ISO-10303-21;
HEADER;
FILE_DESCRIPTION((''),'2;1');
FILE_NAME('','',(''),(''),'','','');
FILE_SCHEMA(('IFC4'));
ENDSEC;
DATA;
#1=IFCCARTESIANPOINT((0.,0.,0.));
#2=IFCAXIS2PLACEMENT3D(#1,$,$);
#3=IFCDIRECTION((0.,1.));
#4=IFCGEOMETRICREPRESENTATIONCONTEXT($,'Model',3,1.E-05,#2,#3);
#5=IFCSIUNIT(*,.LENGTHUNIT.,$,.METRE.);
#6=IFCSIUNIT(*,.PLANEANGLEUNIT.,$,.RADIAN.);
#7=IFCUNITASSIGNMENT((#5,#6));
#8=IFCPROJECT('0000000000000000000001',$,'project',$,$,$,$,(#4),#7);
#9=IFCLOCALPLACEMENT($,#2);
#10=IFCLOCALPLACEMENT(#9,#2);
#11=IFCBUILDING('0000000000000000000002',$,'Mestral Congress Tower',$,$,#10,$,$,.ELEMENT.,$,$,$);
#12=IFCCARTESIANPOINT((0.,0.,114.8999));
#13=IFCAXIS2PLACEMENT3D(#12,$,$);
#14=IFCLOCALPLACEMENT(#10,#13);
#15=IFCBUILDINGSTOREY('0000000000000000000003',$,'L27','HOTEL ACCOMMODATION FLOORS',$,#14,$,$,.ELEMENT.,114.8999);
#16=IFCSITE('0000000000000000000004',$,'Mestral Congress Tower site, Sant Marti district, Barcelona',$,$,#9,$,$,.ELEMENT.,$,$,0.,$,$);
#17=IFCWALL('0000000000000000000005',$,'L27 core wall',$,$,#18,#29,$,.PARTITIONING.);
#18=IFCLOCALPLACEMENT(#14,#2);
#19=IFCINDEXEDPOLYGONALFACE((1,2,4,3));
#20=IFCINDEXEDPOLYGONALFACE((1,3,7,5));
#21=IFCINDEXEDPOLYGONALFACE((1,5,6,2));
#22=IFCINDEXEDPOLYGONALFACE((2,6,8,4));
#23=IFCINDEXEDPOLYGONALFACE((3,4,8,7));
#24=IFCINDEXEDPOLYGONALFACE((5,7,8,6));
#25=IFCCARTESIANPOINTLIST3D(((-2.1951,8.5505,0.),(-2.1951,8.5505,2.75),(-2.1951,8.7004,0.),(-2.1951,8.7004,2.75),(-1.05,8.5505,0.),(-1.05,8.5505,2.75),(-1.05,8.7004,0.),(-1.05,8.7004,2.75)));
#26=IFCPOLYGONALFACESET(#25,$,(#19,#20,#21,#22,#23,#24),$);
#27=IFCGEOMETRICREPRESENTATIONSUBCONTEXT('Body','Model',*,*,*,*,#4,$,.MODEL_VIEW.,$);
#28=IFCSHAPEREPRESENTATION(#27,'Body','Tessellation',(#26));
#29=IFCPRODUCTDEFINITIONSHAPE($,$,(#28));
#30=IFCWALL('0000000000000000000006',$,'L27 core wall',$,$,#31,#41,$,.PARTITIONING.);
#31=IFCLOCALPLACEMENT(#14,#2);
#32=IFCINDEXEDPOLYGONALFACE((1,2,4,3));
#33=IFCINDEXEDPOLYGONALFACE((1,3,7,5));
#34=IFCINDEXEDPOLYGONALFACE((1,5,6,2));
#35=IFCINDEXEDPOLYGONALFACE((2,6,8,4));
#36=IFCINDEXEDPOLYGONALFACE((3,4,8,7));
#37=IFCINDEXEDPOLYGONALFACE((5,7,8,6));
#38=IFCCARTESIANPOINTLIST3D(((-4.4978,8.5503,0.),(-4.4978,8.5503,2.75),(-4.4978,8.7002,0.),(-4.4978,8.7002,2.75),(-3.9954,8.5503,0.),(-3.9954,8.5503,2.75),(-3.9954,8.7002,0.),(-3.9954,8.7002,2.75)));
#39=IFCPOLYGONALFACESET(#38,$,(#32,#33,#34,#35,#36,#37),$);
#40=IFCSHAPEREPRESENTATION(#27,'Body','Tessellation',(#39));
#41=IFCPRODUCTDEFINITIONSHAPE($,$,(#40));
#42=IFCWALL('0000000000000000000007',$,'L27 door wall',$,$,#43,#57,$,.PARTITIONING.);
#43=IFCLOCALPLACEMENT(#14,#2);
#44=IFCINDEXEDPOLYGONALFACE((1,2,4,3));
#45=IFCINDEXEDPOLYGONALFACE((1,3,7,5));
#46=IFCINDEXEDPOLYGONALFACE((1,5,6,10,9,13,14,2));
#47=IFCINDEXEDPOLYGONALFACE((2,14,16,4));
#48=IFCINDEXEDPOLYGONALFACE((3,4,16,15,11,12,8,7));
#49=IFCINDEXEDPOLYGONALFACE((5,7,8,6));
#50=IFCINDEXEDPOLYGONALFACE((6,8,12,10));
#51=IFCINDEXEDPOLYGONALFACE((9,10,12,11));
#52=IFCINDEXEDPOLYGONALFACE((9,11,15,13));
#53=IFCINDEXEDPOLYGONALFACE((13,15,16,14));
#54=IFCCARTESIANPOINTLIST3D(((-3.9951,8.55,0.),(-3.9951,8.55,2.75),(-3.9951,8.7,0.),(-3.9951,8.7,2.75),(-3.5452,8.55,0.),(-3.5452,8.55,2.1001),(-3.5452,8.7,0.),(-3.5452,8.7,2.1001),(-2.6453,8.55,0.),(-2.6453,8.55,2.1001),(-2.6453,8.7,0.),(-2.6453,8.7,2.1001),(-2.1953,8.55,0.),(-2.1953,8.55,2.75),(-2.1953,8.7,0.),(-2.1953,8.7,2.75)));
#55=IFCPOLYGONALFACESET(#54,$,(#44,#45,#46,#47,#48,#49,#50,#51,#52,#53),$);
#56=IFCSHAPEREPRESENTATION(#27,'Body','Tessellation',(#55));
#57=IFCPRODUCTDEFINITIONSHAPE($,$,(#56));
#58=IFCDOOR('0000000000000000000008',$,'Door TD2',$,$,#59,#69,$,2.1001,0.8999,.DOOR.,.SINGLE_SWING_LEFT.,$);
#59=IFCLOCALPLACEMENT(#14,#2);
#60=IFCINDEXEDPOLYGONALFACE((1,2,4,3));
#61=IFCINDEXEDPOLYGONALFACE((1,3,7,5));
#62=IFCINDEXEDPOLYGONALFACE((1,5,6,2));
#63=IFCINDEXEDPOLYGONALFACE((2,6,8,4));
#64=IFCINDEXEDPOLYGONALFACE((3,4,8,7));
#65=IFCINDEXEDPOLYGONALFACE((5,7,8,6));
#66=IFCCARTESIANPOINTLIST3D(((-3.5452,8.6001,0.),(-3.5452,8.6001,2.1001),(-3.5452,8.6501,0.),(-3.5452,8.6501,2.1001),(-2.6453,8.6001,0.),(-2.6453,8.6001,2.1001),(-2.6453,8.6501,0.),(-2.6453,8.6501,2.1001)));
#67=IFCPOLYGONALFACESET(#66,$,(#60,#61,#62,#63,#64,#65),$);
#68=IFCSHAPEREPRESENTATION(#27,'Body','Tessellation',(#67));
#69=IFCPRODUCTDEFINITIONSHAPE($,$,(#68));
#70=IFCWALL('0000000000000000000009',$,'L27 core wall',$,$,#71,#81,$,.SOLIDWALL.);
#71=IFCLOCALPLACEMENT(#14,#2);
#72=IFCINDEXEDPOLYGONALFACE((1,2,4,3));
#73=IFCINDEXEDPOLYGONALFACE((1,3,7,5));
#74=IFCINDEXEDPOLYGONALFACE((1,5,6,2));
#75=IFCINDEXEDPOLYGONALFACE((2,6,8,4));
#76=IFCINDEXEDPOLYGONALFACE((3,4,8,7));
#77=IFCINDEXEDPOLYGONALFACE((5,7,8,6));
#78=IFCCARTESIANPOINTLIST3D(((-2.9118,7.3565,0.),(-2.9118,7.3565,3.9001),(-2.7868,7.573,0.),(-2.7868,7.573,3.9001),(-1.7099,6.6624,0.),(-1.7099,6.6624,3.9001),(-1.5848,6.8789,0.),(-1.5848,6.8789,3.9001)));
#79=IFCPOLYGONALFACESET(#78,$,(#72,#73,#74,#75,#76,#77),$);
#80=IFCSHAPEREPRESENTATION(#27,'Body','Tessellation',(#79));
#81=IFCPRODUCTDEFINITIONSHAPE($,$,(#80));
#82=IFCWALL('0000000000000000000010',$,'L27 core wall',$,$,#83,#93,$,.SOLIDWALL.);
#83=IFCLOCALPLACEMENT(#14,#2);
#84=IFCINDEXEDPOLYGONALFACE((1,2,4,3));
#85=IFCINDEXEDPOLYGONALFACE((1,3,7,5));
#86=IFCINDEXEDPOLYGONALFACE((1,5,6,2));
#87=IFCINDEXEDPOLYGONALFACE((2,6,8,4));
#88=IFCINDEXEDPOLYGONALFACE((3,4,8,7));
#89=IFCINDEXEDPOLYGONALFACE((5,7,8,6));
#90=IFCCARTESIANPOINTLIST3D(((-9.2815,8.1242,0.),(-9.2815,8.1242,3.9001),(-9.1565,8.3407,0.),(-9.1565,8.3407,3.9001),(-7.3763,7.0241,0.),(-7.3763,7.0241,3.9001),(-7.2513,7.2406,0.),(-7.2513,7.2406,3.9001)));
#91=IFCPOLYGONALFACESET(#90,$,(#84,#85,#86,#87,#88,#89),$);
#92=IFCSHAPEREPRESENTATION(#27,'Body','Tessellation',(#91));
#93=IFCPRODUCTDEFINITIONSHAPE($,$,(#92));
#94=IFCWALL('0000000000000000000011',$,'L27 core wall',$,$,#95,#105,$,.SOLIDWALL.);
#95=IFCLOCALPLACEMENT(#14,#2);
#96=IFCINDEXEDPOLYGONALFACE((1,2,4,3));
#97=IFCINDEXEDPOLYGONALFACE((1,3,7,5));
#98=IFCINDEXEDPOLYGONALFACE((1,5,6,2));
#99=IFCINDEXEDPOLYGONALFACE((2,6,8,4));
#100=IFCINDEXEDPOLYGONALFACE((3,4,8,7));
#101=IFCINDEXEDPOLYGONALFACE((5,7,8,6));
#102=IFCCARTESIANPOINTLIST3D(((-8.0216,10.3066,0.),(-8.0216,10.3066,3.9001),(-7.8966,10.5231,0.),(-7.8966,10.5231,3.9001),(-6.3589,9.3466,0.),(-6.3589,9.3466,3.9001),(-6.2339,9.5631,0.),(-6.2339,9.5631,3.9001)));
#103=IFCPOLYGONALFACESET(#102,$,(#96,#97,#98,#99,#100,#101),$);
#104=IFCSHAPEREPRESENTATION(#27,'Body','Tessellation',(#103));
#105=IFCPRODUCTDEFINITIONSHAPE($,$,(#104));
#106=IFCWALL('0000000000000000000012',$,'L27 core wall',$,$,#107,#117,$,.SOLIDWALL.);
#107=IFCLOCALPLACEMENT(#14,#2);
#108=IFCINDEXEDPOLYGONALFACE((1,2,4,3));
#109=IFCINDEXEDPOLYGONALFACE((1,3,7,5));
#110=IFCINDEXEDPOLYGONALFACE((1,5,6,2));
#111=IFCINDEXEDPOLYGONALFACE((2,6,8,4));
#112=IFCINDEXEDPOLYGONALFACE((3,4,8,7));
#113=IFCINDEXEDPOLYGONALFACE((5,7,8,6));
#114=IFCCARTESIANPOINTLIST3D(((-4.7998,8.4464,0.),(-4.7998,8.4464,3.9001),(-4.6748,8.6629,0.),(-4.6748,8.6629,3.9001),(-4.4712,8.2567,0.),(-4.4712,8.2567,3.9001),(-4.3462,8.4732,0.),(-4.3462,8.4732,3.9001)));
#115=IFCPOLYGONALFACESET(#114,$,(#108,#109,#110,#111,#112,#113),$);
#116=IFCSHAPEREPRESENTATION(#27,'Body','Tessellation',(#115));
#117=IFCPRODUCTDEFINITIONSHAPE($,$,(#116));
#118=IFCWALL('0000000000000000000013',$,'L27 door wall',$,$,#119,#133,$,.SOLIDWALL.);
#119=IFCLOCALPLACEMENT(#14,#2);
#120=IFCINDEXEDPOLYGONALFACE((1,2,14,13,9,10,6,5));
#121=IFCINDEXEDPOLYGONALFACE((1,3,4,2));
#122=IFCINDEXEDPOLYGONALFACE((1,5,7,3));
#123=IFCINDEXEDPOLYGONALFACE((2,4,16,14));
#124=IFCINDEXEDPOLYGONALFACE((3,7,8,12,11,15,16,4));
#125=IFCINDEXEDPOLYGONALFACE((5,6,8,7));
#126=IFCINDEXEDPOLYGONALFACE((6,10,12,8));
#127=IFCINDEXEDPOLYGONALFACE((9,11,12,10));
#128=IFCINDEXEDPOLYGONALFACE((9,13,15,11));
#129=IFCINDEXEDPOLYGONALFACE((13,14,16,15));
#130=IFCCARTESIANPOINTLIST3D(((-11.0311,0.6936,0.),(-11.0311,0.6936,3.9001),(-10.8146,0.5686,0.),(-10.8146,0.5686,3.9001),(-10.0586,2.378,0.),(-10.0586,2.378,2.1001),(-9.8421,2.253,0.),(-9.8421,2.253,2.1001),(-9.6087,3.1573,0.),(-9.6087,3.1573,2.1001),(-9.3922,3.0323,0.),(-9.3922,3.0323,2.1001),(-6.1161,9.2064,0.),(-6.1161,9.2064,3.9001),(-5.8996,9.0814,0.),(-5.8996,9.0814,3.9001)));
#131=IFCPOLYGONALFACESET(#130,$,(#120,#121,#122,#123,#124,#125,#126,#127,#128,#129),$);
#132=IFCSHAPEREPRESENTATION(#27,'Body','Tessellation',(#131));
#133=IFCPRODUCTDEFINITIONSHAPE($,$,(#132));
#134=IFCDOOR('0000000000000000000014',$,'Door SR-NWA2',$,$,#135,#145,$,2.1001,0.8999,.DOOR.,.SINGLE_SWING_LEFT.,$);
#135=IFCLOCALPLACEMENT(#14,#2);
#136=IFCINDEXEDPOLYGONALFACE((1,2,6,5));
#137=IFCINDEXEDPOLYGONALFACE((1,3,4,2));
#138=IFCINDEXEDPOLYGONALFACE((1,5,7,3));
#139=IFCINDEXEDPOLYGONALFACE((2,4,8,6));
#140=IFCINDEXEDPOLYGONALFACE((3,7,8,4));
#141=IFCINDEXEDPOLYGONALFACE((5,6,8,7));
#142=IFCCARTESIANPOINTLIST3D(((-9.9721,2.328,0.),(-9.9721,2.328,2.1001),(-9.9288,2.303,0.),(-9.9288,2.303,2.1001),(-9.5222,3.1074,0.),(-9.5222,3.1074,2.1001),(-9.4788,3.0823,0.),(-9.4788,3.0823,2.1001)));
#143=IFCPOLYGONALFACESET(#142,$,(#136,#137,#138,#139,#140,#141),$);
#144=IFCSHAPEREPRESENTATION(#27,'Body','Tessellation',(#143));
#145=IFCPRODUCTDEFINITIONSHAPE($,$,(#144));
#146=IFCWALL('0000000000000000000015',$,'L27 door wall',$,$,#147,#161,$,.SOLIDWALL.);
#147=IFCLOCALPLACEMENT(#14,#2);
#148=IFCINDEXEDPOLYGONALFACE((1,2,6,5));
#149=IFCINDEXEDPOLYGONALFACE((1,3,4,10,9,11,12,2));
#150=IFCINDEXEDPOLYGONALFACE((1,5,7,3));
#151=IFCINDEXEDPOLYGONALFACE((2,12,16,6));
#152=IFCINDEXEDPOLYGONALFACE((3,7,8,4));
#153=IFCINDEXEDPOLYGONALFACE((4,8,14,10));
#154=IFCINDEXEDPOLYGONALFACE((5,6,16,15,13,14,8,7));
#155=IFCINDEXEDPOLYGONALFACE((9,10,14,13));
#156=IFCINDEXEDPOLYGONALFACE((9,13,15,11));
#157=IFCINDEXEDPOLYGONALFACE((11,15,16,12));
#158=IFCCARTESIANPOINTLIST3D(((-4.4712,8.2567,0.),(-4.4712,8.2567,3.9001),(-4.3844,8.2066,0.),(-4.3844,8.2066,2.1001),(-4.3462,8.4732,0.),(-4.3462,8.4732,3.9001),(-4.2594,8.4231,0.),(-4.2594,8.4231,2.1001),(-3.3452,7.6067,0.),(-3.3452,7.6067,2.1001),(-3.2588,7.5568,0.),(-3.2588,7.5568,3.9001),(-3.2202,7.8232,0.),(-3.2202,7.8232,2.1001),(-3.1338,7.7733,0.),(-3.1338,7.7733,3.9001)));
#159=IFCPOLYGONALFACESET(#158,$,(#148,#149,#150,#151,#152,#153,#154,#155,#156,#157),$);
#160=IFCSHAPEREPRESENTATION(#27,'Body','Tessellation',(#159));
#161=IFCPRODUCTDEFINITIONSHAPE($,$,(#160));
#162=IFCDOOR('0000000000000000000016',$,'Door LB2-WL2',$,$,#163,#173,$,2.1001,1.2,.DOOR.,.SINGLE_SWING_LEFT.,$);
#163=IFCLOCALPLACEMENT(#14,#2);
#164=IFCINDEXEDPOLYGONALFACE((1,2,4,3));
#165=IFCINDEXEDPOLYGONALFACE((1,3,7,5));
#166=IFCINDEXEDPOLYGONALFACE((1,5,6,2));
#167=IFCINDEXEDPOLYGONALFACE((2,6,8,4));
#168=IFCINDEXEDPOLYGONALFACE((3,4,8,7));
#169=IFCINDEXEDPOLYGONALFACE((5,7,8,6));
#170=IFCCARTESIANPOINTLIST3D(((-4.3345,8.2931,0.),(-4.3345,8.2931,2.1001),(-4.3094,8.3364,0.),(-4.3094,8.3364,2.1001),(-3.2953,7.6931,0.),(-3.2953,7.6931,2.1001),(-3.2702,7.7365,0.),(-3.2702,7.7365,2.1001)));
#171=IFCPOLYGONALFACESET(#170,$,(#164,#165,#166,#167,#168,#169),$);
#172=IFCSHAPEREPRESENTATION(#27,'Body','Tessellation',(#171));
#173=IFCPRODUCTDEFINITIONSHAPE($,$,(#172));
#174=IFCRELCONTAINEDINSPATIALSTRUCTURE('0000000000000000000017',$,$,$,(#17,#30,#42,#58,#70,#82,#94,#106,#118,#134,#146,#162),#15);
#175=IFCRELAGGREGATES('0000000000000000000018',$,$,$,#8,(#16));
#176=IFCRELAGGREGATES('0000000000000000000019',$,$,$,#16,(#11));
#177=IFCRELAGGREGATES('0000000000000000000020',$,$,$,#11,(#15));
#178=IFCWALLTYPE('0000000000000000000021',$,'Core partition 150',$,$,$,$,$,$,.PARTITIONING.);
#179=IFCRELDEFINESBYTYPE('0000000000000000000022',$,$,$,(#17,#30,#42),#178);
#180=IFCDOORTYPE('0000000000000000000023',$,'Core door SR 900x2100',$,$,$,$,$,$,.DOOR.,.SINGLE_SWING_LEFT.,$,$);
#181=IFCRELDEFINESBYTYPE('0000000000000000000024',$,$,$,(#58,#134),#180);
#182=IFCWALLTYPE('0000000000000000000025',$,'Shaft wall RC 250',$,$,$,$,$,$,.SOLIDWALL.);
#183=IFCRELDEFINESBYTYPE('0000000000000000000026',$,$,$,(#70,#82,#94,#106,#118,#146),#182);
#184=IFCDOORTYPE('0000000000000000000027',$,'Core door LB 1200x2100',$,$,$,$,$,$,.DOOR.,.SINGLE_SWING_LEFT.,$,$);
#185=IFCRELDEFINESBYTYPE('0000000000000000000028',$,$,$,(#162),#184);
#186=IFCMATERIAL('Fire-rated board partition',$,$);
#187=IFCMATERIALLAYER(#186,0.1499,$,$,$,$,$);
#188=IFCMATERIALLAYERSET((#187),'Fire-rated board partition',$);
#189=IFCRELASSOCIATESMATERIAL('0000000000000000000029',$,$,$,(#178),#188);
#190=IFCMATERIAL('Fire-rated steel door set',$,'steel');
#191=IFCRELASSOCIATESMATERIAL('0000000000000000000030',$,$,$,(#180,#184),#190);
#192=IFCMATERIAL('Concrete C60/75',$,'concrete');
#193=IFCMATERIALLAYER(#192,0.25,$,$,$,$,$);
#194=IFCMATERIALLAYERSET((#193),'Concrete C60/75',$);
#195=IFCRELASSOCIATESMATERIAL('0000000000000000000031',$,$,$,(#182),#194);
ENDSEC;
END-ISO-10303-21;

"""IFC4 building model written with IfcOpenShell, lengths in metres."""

from ifc_helpers import new_model, si_unit, direction, frame, frame_2d, origin, place, context, subcontext, project, spatial, rectangle, extrude, material, layer, layer_set, type_object, element, fill, save


model = new_model("IFC4")

# Units and contexts
model_context = context("Model", 3, precision=1e-05, world=origin(), true_north=direction((0.0, 1.0)))
body_context = subcontext(model_context, "Body", "Model", "MODEL_VIEW")
ifc_project = project(units=[si_unit("LENGTHUNIT", "METRE"), si_unit("PLANEANGLEUNIT", "RADIAN")], contexts=[model_context])

# Site, building, storey
site_placement = place(None, origin())
site = spatial("IfcSite", under=ifc_project, at=site_placement, Name="Mestral Congress Tower site, Sant Marti district, Barcelona", CompositionType="ELEMENT", RefElevation=0.0)
building_placement = place(site_placement, origin())
building = spatial("IfcBuilding", under=site, at=building_placement, Name="Mestral Congress Tower", CompositionType="ELEMENT")
storey_placement = place(building_placement, frame((0.0, 0.0, 114.8999)))
storey = spatial("IfcBuildingStorey", under=building, at=storey_placement, Name="L27", Description="HOTEL ACCOMMODATION FLOORS", CompositionType="ELEMENT", Elevation=114.8999)

# Walls
ifc_material_1 = material(Name="Fire-rated board partition")
ifc_layer_1 = layer(ifc_material_1, 0.1499)
ifc_layer_set_1 = layer_set([ifc_layer_1], Name="Fire-rated board partition")
wall_type_1 = type_object("IfcWallType", Name="Core partition 150", PredefinedType="PARTITIONING", material=ifc_layer_set_1)
wall_1_placement = place(storey_placement, frame((-2.1951, 8.6255, 0.0), z_axis=(0.0, 0.0, 1.0), x_axis=(1.0, 0.0, 0.0)))
element("IfcWall", 1, at=wall_1_placement, inside=storey, type_object=wall_type_1, Name="L27 core wall", PredefinedType="PARTITIONING", context=body_context, shape_type="SweptSolid", body=[
    extrude(rectangle(XDim=1.145, YDim=0.1499, at=frame_2d((0.5725, 0.0))), origin(), (0.0, 0.0, 1.0), 2.75),
])
wall_2_placement = place(storey_placement, frame((-4.4978, 8.6252, 0.0), z_axis=(0.0, 0.0, 1.0), x_axis=(1.0, 0.0, 0.0)))
element("IfcWall", 2, at=wall_2_placement, inside=storey, type_object=wall_type_1, Name="L27 core wall", PredefinedType="PARTITIONING", context=body_context, shape_type="SweptSolid", body=[
    extrude(rectangle(XDim=0.5024, YDim=0.1499, at=frame_2d((0.2512, 0.0))), origin(), (0.0, 0.0, 1.0), 2.75),
])

# Wall, opening, door
wall_3_placement = place(storey_placement, frame((-2.1953, 8.625, 0.0), z_axis=(0.0, 0.0, 1.0), x_axis=(-1.0, 0.0, 0.0)))
wall_3 = element("IfcWall", 3, at=wall_3_placement, inside=storey, type_object=wall_type_1, Name="L27 door wall", PredefinedType="PARTITIONING", context=body_context, shape_type="SweptSolid", body=[
    extrude(rectangle(XDim=1.7998, YDim=0.1499, at=frame_2d((0.8999, 0.0))), origin(), (0.0, 0.0, 1.0), 2.75),
])
opening_1_placement = place(wall_3_placement, frame((0.45, 0.0, 0.0)))
opening_1 = element("IfcOpeningElement", 4, at=opening_1_placement, cuts=wall_3, PredefinedType="OPENING", context=body_context, shape_type="SweptSolid", body=[
    extrude(rectangle(XDim=0.8999, YDim=2.1001, at=frame_2d((0.45, 1.05))), frame((0.0, 0.085, 0.0), z_axis=(0.0, -1.0, 0.0), x_axis=(1.0, 0.0, 0.0)), (0.0, 0.0, 1.0), 0.1699),
])
ifc_material_2 = material(Name="Fire-rated steel door set", Category="steel")
door_type_1 = type_object("IfcDoorType", Name="Core door SR 900x2100", OperationType="SINGLE_SWING_LEFT", PredefinedType="DOOR", material=ifc_material_2)
door_1_placement = place(opening_1_placement, origin())
door_1 = element("IfcDoor", 5, at=door_1_placement, inside=storey, type_object=door_type_1, Name="Door TD2", OperationType="SINGLE_SWING_LEFT", OverallHeight=2.1001, OverallWidth=0.8999, PredefinedType="DOOR", context=body_context, shape_type="SweptSolid", body=[
    extrude(rectangle(XDim=0.8999, YDim=2.1001, at=frame_2d((0.45, 1.05))), frame((0.0, 0.0249, 0.0), z_axis=(0.0, -1.0, 0.0), x_axis=(1.0, 0.0, 0.0)), (0.0, 0.0, 1.0), 0.05),
])
fill(opening_1, door_1)

# Walls
ifc_material_3 = material(Name="Concrete C60/75", Category="concrete")
ifc_layer_2 = layer(ifc_material_3, 0.25)
ifc_layer_set_2 = layer_set([ifc_layer_2], Name="Concrete C60/75")
wall_type_2 = type_object("IfcWallType", Name="Shaft wall RC 250", PredefinedType="SOLIDWALL", material=ifc_layer_set_2)
wall_4_placement = place(storey_placement, frame((-1.6475, 6.7708, 0.0), z_axis=(0.0, 0.0, 1.0), x_axis=(-0.865972, 0.500093, 0.0)))
element("IfcWall", 6, at=wall_4_placement, inside=storey, type_object=wall_type_2, Name="L27 core wall", PredefinedType="SOLIDWALL", context=body_context, shape_type="SweptSolid", body=[
    extrude(rectangle(XDim=1.3879, YDim=0.25, at=frame_2d((0.6938, 0.0))), origin(), (0.0, 0.0, 1.0), 3.9001),
])
wall_5_placement = place(storey_placement, frame((-7.3137, 7.1323, 0.0), z_axis=(0.0, 0.0, 1.0), x_axis=(-0.866008, 0.50003, 0.0)))
element("IfcWall", 7, at=wall_5_placement, inside=storey, type_object=wall_type_2, Name="L27 core wall", PredefinedType="SOLIDWALL", context=body_context, shape_type="SweptSolid", body=[
    extrude(rectangle(XDim=2.2, YDim=0.25, at=frame_2d((1.1001, 0.0))), origin(), (0.0, 0.0, 1.0), 3.9001),
])
wall_6_placement = place(storey_placement, frame((-6.2964, 9.4548, 0.0), z_axis=(0.0, 0.0, 1.0), x_axis=(-0.866012, 0.500023, 0.0)))
element("IfcWall", 8, at=wall_6_placement, inside=storey, type_object=wall_type_2, Name="L27 core wall", PredefinedType="SOLIDWALL", context=body_context, shape_type="SweptSolid", body=[
    extrude(rectangle(XDim=1.9199, YDim=0.25, at=frame_2d((0.96, 0.0))), origin(), (0.0, 0.0, 1.0), 3.9001),
])
wall_7_placement = place(storey_placement, frame((-4.4087, 8.365, 0.0), z_axis=(0.0, 0.0, 1.0), x_axis=(-0.866057, 0.499945, 0.0)))
element("IfcWall", 9, at=wall_7_placement, inside=storey, type_object=wall_type_2, Name="L27 core wall", PredefinedType="SOLIDWALL", context=body_context, shape_type="SweptSolid", body=[
    extrude(rectangle(XDim=0.3794, YDim=0.25, at=frame_2d((0.1897, 0.0))), origin(), (0.0, 0.0, 1.0), 3.9001),
])

# Walls, openings, doors
wall_8_placement = place(storey_placement, frame((-6.0078, 9.144, 0.0), z_axis=(0.0, 0.0, 1.0), x_axis=(-0.500007, -0.866021, 0.0)))
wall_8 = element("IfcWall", 10, at=wall_8_placement, inside=storey, type_object=wall_type_2, Name="L27 door wall", PredefinedType="SOLIDWALL", context=body_context, shape_type="SweptSolid", body=[
    extrude(rectangle(XDim=9.8298, YDim=0.25, at=frame_2d((4.915, 0.0))), origin(), (0.0, 0.0, 1.0), 3.9001),
])
opening_2_placement = place(wall_8_placement, frame((6.9851, 0.0, 0.0)))
opening_2 = element("IfcOpeningElement", 11, at=opening_2_placement, cuts=wall_8, PredefinedType="OPENING", context=body_context, shape_type="SweptSolid", body=[
    extrude(rectangle(XDim=0.8999, YDim=2.1001, at=frame_2d((0.45, 1.05))), frame((0.0, 0.135, 0.0), z_axis=(0.0, -1.0, 0.0), x_axis=(1.0, 0.0, 0.0)), (0.0, 0.0, 1.0), 0.27),
])
door_2_placement = place(opening_2_placement, origin())
door_2 = element("IfcDoor", 12, at=door_2_placement, inside=storey, type_object=door_type_1, Name="Door SR-NWA2", OperationType="SINGLE_SWING_LEFT", OverallHeight=2.1001, OverallWidth=0.8999, PredefinedType="DOOR", context=body_context, shape_type="SweptSolid", body=[
    extrude(rectangle(XDim=0.8999, YDim=2.1001, at=frame_2d((0.45, 1.05))), frame((0.0, 0.0249, 0.0), z_axis=(0.0, -1.0, 0.0), x_axis=(1.0, 0.0, 0.0)), (0.0, 0.0, 1.0), 0.05),
])
fill(opening_2, door_2)
wall_9_placement = place(storey_placement, frame((-4.4087, 8.365, 0.0), z_axis=(0.0, 0.0, 1.0), x_axis=(0.866035, -0.499984, 0.0)))
wall_9 = element("IfcWall", 13, at=wall_9_placement, inside=storey, type_object=wall_type_2, Name="L27 door wall", PredefinedType="SOLIDWALL", context=body_context, shape_type="SweptSolid", body=[
    extrude(rectangle(XDim=1.3999, YDim=0.25, at=frame_2d((0.7, 0.0))), origin(), (0.0, 0.0, 1.0), 3.9001),
])
opening_3_placement = place(wall_9_placement, frame((0.1001, 0.0, 0.0)))
opening_3 = element("IfcOpeningElement", 14, at=opening_3_placement, cuts=wall_9, PredefinedType="OPENING", context=body_context, shape_type="SweptSolid", body=[
    extrude(rectangle(XDim=1.2, YDim=2.1001, at=frame_2d((0.6001, 1.05))), frame((0.0, 0.135, 0.0), z_axis=(0.0, -1.0, 0.0), x_axis=(1.0, 0.0, 0.0)), (0.0, 0.0, 1.0), 0.27),
])
door_type_2 = type_object("IfcDoorType", Name="Core door LB 1200x2100", OperationType="SINGLE_SWING_LEFT", PredefinedType="DOOR", material=ifc_material_2)
door_3_placement = place(opening_3_placement, origin())
door_3 = element("IfcDoor", 15, at=door_3_placement, inside=storey, type_object=door_type_2, Name="Door LB2-WL2", OperationType="SINGLE_SWING_LEFT", OverallHeight=2.1001, OverallWidth=1.2, PredefinedType="DOOR", context=body_context, shape_type="SweptSolid", body=[
    extrude(rectangle(XDim=1.2, YDim=2.1001, at=frame_2d((0.6001, 1.05))), frame((0.0, 0.0249, 0.0), z_axis=(0.0, -1.0, 0.0), x_axis=(1.0, 0.0, 0.0)), (0.0, 0.0, 1.0), 0.05),
])
fill(opening_3, door_3)

save(model, "model.ifc")
